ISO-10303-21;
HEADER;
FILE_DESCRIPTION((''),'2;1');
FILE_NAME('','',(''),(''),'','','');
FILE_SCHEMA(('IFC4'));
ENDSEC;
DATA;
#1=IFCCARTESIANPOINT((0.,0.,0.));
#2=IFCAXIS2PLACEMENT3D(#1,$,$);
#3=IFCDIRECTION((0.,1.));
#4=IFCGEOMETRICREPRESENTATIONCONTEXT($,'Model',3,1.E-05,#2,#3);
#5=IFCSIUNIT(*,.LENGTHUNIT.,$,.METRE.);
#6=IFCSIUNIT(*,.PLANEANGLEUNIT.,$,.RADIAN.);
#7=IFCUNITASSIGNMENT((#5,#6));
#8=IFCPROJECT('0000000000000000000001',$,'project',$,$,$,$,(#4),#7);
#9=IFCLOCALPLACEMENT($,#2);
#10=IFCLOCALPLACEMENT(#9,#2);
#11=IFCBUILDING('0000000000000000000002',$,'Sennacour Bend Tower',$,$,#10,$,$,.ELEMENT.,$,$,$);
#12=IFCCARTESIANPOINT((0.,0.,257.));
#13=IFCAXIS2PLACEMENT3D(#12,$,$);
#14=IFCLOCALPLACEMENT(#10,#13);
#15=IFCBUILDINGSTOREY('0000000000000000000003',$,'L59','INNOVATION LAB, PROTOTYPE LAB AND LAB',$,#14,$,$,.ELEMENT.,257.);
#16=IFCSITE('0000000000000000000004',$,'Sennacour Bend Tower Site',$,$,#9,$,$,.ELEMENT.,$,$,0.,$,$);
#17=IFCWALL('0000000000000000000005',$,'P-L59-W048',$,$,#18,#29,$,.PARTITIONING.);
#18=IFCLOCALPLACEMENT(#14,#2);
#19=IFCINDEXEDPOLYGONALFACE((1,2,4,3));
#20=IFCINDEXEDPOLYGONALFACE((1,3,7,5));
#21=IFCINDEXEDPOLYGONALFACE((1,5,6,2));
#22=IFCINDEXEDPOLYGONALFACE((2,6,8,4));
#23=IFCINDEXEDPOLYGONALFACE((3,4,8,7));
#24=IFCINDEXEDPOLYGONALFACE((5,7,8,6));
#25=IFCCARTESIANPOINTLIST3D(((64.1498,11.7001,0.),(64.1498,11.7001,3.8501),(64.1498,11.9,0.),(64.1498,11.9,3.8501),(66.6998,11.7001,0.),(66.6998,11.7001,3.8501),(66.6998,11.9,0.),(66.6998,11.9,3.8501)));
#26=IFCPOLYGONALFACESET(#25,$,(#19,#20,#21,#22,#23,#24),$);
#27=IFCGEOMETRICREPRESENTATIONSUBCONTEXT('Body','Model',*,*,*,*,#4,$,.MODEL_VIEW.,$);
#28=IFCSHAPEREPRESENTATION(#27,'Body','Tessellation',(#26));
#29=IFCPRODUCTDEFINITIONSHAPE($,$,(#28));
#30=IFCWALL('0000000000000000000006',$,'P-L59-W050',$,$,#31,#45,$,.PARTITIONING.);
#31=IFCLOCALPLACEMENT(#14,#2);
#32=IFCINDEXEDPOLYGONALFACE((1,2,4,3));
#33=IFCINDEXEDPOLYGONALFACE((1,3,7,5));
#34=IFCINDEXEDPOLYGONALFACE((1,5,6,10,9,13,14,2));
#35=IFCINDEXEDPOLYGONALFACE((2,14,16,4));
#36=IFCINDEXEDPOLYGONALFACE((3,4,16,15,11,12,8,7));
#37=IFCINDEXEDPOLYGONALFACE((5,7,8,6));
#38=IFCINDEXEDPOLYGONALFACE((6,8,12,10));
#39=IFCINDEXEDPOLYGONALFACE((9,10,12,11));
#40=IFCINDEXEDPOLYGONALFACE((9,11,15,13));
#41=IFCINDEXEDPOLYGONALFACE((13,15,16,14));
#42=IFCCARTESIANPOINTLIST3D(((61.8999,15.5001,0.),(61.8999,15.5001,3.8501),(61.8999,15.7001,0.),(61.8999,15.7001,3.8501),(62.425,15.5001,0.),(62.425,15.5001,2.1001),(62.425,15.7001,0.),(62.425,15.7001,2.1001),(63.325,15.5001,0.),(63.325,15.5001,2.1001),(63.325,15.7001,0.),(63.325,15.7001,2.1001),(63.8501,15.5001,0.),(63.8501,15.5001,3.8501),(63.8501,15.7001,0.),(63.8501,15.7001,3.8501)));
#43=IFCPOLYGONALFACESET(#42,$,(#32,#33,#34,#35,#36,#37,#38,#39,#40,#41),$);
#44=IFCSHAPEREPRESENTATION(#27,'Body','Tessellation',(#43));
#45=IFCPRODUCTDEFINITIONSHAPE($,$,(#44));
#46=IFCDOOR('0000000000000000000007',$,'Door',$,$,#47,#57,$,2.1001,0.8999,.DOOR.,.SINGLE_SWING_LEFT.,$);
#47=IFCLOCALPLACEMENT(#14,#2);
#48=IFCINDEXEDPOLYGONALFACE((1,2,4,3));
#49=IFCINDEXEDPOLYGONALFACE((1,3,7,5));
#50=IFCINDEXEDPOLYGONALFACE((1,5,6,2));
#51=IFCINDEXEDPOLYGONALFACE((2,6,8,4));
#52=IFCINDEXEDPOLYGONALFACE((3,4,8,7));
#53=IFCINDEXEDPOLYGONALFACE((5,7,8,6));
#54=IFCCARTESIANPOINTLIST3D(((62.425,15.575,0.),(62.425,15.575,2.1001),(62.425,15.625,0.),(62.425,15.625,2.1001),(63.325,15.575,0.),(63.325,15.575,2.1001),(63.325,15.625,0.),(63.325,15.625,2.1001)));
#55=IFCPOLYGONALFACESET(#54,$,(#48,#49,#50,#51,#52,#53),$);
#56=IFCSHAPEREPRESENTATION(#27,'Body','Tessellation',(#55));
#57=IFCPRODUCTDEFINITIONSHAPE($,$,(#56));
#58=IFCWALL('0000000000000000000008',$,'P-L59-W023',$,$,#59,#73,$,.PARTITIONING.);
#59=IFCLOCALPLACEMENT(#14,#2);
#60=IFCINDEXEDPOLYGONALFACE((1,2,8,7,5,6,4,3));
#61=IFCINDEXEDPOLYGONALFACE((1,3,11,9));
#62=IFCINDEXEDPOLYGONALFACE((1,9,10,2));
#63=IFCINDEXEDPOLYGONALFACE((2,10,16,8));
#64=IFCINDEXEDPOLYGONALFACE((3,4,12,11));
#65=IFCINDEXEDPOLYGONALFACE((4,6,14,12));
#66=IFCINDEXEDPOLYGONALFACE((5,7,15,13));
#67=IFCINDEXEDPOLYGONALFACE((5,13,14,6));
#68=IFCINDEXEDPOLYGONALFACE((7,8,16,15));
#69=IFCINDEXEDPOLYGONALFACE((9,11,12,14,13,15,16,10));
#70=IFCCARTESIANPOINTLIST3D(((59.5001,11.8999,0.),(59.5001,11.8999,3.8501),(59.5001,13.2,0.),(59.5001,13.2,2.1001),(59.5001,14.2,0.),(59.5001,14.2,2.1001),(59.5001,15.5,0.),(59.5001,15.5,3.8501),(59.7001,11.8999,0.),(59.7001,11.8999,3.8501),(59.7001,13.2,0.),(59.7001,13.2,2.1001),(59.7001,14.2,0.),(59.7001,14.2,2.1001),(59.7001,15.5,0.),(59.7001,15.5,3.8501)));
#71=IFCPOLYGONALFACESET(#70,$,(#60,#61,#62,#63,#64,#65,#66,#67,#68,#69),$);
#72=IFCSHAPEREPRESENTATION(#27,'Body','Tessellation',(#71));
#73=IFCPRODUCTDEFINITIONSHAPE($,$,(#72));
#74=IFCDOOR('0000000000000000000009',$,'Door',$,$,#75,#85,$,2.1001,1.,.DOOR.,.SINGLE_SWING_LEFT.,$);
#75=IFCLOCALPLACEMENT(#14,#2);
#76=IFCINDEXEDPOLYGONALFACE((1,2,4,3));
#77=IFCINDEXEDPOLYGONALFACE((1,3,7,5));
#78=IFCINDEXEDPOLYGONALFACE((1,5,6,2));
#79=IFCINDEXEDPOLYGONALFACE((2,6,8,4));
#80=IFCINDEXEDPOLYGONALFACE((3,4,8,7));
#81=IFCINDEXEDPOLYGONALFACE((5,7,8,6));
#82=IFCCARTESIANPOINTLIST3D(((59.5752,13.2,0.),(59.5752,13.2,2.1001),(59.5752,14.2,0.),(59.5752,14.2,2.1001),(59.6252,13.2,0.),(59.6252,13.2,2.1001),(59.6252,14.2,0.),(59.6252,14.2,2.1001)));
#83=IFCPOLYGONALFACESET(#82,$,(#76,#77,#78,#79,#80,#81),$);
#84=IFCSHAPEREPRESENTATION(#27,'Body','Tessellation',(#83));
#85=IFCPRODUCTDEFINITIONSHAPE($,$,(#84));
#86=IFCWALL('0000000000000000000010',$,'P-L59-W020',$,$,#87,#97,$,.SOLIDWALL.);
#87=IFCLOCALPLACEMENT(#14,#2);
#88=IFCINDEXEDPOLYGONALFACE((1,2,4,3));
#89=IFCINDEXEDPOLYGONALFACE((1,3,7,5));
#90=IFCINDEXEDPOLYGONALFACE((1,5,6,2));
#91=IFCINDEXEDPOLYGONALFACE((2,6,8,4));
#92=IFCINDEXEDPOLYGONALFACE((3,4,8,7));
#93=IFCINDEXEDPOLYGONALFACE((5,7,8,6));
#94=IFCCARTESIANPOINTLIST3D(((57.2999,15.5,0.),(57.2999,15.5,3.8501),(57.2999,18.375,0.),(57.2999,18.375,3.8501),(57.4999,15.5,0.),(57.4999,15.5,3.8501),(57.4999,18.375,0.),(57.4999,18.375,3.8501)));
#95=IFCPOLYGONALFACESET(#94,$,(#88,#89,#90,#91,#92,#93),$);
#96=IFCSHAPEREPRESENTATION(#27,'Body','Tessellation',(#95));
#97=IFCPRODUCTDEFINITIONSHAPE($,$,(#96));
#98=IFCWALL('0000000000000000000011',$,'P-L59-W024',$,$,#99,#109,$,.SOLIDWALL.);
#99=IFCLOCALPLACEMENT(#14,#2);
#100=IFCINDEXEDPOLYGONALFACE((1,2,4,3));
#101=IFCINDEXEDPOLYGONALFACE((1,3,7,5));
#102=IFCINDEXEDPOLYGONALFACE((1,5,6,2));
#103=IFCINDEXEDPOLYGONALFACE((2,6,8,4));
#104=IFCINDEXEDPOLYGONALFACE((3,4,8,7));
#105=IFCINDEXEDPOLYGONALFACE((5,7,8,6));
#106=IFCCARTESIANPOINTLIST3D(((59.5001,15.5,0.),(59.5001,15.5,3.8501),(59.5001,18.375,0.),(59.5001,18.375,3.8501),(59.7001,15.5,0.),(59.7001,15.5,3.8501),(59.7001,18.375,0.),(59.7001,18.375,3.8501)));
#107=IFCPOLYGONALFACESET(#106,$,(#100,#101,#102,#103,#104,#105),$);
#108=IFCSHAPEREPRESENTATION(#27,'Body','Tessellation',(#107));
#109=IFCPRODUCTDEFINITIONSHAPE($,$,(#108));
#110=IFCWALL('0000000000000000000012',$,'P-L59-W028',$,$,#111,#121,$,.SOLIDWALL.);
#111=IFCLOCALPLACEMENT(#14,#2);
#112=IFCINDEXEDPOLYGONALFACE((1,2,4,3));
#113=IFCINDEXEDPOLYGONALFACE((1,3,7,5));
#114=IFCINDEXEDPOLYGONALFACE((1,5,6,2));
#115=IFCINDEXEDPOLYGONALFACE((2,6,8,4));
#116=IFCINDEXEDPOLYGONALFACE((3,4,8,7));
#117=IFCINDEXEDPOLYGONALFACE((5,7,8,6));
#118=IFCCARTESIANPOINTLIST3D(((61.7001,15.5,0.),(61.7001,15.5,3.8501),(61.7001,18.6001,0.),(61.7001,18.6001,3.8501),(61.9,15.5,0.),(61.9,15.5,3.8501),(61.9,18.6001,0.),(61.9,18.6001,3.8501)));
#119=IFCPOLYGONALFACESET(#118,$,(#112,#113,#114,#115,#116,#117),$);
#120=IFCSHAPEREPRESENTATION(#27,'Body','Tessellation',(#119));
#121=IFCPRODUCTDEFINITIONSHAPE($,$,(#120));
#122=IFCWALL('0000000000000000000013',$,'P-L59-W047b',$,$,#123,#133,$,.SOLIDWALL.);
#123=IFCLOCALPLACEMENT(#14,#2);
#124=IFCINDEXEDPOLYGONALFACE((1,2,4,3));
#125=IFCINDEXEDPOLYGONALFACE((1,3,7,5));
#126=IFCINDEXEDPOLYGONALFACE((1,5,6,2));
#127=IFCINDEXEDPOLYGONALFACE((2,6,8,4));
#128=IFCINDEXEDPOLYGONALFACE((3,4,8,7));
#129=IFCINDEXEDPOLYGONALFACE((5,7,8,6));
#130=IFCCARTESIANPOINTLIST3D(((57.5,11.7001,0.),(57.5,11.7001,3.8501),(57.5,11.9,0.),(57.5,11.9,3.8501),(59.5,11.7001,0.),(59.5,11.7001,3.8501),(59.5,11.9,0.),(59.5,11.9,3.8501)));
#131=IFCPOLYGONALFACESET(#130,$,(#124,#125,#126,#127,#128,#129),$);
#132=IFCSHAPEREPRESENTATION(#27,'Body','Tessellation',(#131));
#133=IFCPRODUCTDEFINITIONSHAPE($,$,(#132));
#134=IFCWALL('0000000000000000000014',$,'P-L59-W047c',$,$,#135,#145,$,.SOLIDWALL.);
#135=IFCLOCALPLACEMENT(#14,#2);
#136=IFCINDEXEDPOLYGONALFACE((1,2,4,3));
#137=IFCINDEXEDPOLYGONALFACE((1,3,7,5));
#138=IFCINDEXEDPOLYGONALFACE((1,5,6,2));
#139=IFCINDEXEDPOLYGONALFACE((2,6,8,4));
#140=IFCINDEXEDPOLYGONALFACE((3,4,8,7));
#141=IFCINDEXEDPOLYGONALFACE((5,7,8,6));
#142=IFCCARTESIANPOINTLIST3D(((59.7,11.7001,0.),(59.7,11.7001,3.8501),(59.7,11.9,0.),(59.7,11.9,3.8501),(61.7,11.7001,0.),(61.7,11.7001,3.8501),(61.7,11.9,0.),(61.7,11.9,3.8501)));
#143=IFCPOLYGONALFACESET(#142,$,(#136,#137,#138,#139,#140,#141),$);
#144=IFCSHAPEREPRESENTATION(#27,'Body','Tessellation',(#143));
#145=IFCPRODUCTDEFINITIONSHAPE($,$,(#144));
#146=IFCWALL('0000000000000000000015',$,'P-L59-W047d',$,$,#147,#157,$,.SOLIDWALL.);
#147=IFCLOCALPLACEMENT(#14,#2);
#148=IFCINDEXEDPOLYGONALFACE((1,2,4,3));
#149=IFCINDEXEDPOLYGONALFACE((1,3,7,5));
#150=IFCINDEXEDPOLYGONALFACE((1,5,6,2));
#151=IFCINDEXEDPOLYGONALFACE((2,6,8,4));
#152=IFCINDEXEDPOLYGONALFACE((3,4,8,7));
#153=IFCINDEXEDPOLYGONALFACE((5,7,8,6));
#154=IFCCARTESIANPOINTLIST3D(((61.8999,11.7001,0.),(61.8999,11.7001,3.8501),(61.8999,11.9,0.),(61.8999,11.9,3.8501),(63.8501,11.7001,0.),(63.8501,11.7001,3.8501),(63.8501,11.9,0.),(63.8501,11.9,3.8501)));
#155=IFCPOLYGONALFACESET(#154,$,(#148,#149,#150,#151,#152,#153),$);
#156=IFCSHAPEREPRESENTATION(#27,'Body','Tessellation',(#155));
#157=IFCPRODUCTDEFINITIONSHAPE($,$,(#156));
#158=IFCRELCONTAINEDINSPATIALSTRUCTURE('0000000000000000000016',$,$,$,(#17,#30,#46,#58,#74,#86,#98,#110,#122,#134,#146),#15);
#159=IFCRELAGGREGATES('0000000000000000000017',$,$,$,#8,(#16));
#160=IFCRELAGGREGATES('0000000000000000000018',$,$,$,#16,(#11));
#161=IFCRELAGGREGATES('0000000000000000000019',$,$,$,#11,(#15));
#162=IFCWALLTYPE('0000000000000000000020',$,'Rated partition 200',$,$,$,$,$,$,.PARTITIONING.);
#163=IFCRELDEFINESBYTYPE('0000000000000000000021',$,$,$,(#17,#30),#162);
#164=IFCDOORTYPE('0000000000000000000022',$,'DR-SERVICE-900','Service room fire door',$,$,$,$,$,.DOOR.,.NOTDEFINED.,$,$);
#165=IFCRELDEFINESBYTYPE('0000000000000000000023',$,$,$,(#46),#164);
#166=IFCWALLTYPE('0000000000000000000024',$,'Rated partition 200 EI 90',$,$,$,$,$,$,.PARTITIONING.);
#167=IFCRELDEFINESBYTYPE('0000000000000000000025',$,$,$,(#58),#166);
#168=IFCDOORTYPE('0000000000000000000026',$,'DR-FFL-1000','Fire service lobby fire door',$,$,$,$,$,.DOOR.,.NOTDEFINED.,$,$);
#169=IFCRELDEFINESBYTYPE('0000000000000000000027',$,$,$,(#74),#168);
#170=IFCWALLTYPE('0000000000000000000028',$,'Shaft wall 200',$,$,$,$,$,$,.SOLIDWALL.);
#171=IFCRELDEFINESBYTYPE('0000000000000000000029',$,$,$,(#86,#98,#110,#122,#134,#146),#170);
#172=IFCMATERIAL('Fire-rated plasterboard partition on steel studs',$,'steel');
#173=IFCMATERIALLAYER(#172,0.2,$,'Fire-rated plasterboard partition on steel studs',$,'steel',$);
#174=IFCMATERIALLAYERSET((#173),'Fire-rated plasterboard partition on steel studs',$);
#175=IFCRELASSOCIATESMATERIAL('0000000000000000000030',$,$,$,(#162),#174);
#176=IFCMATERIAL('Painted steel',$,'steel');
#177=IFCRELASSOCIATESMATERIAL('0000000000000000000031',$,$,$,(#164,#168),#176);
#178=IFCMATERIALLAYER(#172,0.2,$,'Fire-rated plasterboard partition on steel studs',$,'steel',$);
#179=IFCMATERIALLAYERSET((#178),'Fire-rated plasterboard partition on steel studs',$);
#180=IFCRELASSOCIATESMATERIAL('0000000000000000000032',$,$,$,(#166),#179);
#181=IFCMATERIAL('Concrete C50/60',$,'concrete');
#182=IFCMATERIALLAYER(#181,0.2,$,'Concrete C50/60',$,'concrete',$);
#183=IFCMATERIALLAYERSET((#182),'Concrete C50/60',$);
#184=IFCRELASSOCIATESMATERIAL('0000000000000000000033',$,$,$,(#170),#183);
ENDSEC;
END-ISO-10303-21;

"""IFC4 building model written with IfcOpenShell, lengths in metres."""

from ifc_helpers import new_model, si_unit, direction, frame, frame_2d, origin, place, context, subcontext, project, spatial, rectangle, extrude, material, layer, layer_set, type_object, element, fill, save


model = new_model("IFC4")

# Units and contexts
model_context = context("Model", 3, precision=1e-05, world=origin(), true_north=direction((0.0, 1.0)))
body_context = subcontext(model_context, "Body", "Model", "MODEL_VIEW")
ifc_project = project(units=[si_unit("LENGTHUNIT", "METRE"), si_unit("PLANEANGLEUNIT", "RADIAN")], contexts=[model_context])

# Site, building, storey
site_placement = place(None, origin())
site = spatial("IfcSite", under=ifc_project, at=site_placement, Name="Sennacour Bend Tower Site", CompositionType="ELEMENT", RefElevation=0.0)
building_placement = place(site_placement, origin())
building = spatial("IfcBuilding", under=site, at=building_placement, Name="Sennacour Bend Tower", CompositionType="ELEMENT")
storey_placement = place(building_placement, frame((0.0, 0.0, 257.0)))
storey = spatial("IfcBuildingStorey", under=building, at=storey_placement, Name="L59", Description="INNOVATION LAB, PROTOTYPE LAB AND LAB", CompositionType="ELEMENT", Elevation=257.0)

# Wall
ifc_material_1 = material(Name="Fire-rated plasterboard partition on steel studs", Category="steel")
ifc_layer_1 = layer(ifc_material_1, 0.2, Name="Fire-rated plasterboard partition on steel studs", Category="steel")
ifc_layer_set_1 = layer_set([ifc_layer_1], Name="Fire-rated plasterboard partition on steel studs")
wall_type_1 = type_object("IfcWallType", Name="Rated partition 200", PredefinedType="PARTITIONING", material=ifc_layer_set_1)
wall_1_placement = place(storey_placement, frame((64.1499, 11.8, 0.0), z_axis=(0.0, 0.0, 1.0), x_axis=(1.0, 0.0, 0.0)))
element("IfcWall", 1, at=wall_1_placement, inside=storey, type_object=wall_type_1, Name="P-L59-W048", PredefinedType="PARTITIONING", context=body_context, shape_type="SweptSolid", body=[
    extrude(rectangle(XDim=2.55, YDim=0.2, at=frame_2d((1.2749, 0.0))), origin(), (0.0, 0.0, 1.0), 3.8501),
])

# Walls, openings, doors
wall_2_placement = place(storey_placement, frame((61.8999, 15.6001, 0.0), z_axis=(0.0, 0.0, 1.0), x_axis=(1.0, 0.0, 0.0)))
wall_2 = element("IfcWall", 2, at=wall_2_placement, inside=storey, type_object=wall_type_1, Name="P-L59-W050", PredefinedType="PARTITIONING", context=body_context, shape_type="SweptSolid", body=[
    extrude(rectangle(XDim=1.9502, YDim=0.2, at=frame_2d((0.9751, 0.0))), origin(), (0.0, 0.0, 1.0), 3.8501),
])
opening_1_placement = place(wall_2_placement, frame((0.5251, 0.0, 0.0)))
opening_1 = element("IfcOpeningElement", 3, at=opening_1_placement, cuts=wall_2, PredefinedType="OPENING", context=body_context, shape_type="SweptSolid", body=[
    extrude(rectangle(XDim=0.8999, YDim=2.1001, at=frame_2d((0.45, 1.05))), frame((0.0, 0.1099, 0.0), z_axis=(0.0, -1.0, 0.0), x_axis=(1.0, 0.0, 0.0)), (0.0, 0.0, 1.0), 0.22),
])
ifc_material_2 = material(Name="Painted steel", Category="steel")
door_type_1 = type_object("IfcDoorType", Name="DR-SERVICE-900", Description="Service room fire door", OperationType="NOTDEFINED", PredefinedType="DOOR", material=ifc_material_2)
door_1_placement = place(opening_1_placement, origin())
door_1 = element("IfcDoor", 4, at=door_1_placement, inside=storey, type_object=door_type_1, Name="Door", OperationType="SINGLE_SWING_LEFT", OverallHeight=2.1001, OverallWidth=0.8999, PredefinedType="DOOR", context=body_context, shape_type="SweptSolid", body=[
    extrude(rectangle(XDim=0.8999, YDim=2.1001, at=frame_2d((0.45, 1.05))), frame((0.0, 0.0249, 0.0), z_axis=(0.0, -1.0, 0.0), x_axis=(1.0, 0.0, 0.0)), (0.0, 0.0, 1.0), 0.05),
])
fill(opening_1, door_1)
ifc_layer_2 = layer(ifc_material_1, 0.2, Name="Fire-rated plasterboard partition on steel studs", Category="steel")
ifc_layer_set_2 = layer_set([ifc_layer_2], Name="Fire-rated plasterboard partition on steel studs")
wall_type_2 = type_object("IfcWallType", Name="Rated partition 200 EI 90", PredefinedType="PARTITIONING", material=ifc_layer_set_2)
wall_3_placement = place(storey_placement, frame((59.6001, 11.8999, 0.0), z_axis=(0.0, 0.0, 1.0), x_axis=(0.0, 1.0, 0.0)))
wall_3 = element("IfcWall", 5, at=wall_3_placement, inside=storey, type_object=wall_type_2, Name="P-L59-W023", PredefinedType="PARTITIONING", context=body_context, shape_type="SweptSolid", body=[
    extrude(rectangle(XDim=3.6001, YDim=0.2, at=frame_2d((1.8, 0.0))), origin(), (0.0, 0.0, 1.0), 3.8501),
])
opening_2_placement = place(wall_3_placement, frame((1.3, 0.0, 0.0)))
opening_2 = element("IfcOpeningElement", 6, at=opening_2_placement, cuts=wall_3, PredefinedType="OPENING", context=body_context, shape_type="SweptSolid", body=[
    extrude(rectangle(XDim=1.0, YDim=2.1001, at=frame_2d((0.5, 1.05))), frame((0.0, 0.1099, 0.0), z_axis=(0.0, -1.0, 0.0), x_axis=(1.0, 0.0, 0.0)), (0.0, 0.0, 1.0), 0.22),
])
door_type_2 = type_object("IfcDoorType", Name="DR-FFL-1000", Description="Fire service lobby fire door", OperationType="NOTDEFINED", PredefinedType="DOOR", material=ifc_material_2)
door_2_placement = place(opening_2_placement, origin())
door_2 = element("IfcDoor", 7, at=door_2_placement, inside=storey, type_object=door_type_2, Name="Door", OperationType="SINGLE_SWING_LEFT", OverallHeight=2.1001, OverallWidth=1.0, PredefinedType="DOOR", context=body_context, shape_type="SweptSolid", body=[
    extrude(rectangle(XDim=1.0, YDim=2.1001, at=frame_2d((0.5, 1.05))), frame((0.0, 0.0249, 0.0), z_axis=(0.0, -1.0, 0.0), x_axis=(1.0, 0.0, 0.0)), (0.0, 0.0, 1.0), 0.05),
])
fill(opening_2, door_2)

# Walls
ifc_material_3 = material(Name="Concrete C50/60", Category="concrete")
ifc_layer_3 = layer(ifc_material_3, 0.2, Name="Concrete C50/60", Category="concrete")
ifc_layer_set_3 = layer_set([ifc_layer_3], Name="Concrete C50/60")
wall_type_3 = type_object("IfcWallType", Name="Shaft wall 200", PredefinedType="SOLIDWALL", material=ifc_layer_set_3)
for number, where, z_axis, x_axis, name in (
    (8, (57.3999, 15.5, 0.0), (0.0, 0.0, 1.0), (0.0, 1.0, 0.0), "P-L59-W020"),
    (9, (59.6001, 15.5, 0.0), (0.0, 0.0, 1.0), (0.0, 1.0, 0.0), "P-L59-W024"),
):
    element("IfcWall", number, at=place(storey_placement, frame(where, z_axis=z_axis, x_axis=x_axis)), inside=storey, type_object=wall_type_3, Name=name, PredefinedType="SOLIDWALL", context=body_context, shape_type="SweptSolid", body=[
        extrude(rectangle(XDim=2.875, YDim=0.2, at=frame_2d((1.4375, 0.0))), origin(), (0.0, 0.0, 1.0), 3.8501),
    ])
wall_4_placement = place(storey_placement, frame((61.8, 15.5, 0.0), z_axis=(0.0, 0.0, 1.0), x_axis=(0.0, 1.0, 0.0)))
element("IfcWall", 10, at=wall_4_placement, inside=storey, type_object=wall_type_3, Name="P-L59-W028", PredefinedType="SOLIDWALL", context=body_context, shape_type="SweptSolid", body=[
    extrude(rectangle(XDim=3.1001, YDim=0.2, at=frame_2d((1.55, 0.0))), origin(), (0.0, 0.0, 1.0), 3.8501),
])
for number, where, z_axis, x_axis, name in (
    (11, (57.5, 11.8, 0.0), (0.0, 0.0, 1.0), (1.0, 0.0, 0.0), "P-L59-W047b"),
    (12, (59.7, 11.8, 0.0), (0.0, 0.0, 1.0), (1.0, 0.0, 0.0), "P-L59-W047c"),
):
    element("IfcWall", number, at=place(storey_placement, frame(where, z_axis=z_axis, x_axis=x_axis)), inside=storey, type_object=wall_type_3, Name=name, PredefinedType="SOLIDWALL", context=body_context, shape_type="SweptSolid", body=[
        extrude(rectangle(XDim=2.0, YDim=0.2, at=frame_2d((1.0, 0.0))), origin(), (0.0, 0.0, 1.0), 3.8501),
    ])
wall_5_placement = place(storey_placement, frame((61.8999, 11.8, 0.0), z_axis=(0.0, 0.0, 1.0), x_axis=(1.0, 0.0, 0.0)))
element("IfcWall", 13, at=wall_5_placement, inside=storey, type_object=wall_type_3, Name="P-L59-W047d", PredefinedType="SOLIDWALL", context=body_context, shape_type="SweptSolid", body=[
    extrude(rectangle(XDim=1.9502, YDim=0.2, at=frame_2d((0.9751, 0.0))), origin(), (0.0, 0.0, 1.0), 3.8501),
])

save(model, "model.ifc")
